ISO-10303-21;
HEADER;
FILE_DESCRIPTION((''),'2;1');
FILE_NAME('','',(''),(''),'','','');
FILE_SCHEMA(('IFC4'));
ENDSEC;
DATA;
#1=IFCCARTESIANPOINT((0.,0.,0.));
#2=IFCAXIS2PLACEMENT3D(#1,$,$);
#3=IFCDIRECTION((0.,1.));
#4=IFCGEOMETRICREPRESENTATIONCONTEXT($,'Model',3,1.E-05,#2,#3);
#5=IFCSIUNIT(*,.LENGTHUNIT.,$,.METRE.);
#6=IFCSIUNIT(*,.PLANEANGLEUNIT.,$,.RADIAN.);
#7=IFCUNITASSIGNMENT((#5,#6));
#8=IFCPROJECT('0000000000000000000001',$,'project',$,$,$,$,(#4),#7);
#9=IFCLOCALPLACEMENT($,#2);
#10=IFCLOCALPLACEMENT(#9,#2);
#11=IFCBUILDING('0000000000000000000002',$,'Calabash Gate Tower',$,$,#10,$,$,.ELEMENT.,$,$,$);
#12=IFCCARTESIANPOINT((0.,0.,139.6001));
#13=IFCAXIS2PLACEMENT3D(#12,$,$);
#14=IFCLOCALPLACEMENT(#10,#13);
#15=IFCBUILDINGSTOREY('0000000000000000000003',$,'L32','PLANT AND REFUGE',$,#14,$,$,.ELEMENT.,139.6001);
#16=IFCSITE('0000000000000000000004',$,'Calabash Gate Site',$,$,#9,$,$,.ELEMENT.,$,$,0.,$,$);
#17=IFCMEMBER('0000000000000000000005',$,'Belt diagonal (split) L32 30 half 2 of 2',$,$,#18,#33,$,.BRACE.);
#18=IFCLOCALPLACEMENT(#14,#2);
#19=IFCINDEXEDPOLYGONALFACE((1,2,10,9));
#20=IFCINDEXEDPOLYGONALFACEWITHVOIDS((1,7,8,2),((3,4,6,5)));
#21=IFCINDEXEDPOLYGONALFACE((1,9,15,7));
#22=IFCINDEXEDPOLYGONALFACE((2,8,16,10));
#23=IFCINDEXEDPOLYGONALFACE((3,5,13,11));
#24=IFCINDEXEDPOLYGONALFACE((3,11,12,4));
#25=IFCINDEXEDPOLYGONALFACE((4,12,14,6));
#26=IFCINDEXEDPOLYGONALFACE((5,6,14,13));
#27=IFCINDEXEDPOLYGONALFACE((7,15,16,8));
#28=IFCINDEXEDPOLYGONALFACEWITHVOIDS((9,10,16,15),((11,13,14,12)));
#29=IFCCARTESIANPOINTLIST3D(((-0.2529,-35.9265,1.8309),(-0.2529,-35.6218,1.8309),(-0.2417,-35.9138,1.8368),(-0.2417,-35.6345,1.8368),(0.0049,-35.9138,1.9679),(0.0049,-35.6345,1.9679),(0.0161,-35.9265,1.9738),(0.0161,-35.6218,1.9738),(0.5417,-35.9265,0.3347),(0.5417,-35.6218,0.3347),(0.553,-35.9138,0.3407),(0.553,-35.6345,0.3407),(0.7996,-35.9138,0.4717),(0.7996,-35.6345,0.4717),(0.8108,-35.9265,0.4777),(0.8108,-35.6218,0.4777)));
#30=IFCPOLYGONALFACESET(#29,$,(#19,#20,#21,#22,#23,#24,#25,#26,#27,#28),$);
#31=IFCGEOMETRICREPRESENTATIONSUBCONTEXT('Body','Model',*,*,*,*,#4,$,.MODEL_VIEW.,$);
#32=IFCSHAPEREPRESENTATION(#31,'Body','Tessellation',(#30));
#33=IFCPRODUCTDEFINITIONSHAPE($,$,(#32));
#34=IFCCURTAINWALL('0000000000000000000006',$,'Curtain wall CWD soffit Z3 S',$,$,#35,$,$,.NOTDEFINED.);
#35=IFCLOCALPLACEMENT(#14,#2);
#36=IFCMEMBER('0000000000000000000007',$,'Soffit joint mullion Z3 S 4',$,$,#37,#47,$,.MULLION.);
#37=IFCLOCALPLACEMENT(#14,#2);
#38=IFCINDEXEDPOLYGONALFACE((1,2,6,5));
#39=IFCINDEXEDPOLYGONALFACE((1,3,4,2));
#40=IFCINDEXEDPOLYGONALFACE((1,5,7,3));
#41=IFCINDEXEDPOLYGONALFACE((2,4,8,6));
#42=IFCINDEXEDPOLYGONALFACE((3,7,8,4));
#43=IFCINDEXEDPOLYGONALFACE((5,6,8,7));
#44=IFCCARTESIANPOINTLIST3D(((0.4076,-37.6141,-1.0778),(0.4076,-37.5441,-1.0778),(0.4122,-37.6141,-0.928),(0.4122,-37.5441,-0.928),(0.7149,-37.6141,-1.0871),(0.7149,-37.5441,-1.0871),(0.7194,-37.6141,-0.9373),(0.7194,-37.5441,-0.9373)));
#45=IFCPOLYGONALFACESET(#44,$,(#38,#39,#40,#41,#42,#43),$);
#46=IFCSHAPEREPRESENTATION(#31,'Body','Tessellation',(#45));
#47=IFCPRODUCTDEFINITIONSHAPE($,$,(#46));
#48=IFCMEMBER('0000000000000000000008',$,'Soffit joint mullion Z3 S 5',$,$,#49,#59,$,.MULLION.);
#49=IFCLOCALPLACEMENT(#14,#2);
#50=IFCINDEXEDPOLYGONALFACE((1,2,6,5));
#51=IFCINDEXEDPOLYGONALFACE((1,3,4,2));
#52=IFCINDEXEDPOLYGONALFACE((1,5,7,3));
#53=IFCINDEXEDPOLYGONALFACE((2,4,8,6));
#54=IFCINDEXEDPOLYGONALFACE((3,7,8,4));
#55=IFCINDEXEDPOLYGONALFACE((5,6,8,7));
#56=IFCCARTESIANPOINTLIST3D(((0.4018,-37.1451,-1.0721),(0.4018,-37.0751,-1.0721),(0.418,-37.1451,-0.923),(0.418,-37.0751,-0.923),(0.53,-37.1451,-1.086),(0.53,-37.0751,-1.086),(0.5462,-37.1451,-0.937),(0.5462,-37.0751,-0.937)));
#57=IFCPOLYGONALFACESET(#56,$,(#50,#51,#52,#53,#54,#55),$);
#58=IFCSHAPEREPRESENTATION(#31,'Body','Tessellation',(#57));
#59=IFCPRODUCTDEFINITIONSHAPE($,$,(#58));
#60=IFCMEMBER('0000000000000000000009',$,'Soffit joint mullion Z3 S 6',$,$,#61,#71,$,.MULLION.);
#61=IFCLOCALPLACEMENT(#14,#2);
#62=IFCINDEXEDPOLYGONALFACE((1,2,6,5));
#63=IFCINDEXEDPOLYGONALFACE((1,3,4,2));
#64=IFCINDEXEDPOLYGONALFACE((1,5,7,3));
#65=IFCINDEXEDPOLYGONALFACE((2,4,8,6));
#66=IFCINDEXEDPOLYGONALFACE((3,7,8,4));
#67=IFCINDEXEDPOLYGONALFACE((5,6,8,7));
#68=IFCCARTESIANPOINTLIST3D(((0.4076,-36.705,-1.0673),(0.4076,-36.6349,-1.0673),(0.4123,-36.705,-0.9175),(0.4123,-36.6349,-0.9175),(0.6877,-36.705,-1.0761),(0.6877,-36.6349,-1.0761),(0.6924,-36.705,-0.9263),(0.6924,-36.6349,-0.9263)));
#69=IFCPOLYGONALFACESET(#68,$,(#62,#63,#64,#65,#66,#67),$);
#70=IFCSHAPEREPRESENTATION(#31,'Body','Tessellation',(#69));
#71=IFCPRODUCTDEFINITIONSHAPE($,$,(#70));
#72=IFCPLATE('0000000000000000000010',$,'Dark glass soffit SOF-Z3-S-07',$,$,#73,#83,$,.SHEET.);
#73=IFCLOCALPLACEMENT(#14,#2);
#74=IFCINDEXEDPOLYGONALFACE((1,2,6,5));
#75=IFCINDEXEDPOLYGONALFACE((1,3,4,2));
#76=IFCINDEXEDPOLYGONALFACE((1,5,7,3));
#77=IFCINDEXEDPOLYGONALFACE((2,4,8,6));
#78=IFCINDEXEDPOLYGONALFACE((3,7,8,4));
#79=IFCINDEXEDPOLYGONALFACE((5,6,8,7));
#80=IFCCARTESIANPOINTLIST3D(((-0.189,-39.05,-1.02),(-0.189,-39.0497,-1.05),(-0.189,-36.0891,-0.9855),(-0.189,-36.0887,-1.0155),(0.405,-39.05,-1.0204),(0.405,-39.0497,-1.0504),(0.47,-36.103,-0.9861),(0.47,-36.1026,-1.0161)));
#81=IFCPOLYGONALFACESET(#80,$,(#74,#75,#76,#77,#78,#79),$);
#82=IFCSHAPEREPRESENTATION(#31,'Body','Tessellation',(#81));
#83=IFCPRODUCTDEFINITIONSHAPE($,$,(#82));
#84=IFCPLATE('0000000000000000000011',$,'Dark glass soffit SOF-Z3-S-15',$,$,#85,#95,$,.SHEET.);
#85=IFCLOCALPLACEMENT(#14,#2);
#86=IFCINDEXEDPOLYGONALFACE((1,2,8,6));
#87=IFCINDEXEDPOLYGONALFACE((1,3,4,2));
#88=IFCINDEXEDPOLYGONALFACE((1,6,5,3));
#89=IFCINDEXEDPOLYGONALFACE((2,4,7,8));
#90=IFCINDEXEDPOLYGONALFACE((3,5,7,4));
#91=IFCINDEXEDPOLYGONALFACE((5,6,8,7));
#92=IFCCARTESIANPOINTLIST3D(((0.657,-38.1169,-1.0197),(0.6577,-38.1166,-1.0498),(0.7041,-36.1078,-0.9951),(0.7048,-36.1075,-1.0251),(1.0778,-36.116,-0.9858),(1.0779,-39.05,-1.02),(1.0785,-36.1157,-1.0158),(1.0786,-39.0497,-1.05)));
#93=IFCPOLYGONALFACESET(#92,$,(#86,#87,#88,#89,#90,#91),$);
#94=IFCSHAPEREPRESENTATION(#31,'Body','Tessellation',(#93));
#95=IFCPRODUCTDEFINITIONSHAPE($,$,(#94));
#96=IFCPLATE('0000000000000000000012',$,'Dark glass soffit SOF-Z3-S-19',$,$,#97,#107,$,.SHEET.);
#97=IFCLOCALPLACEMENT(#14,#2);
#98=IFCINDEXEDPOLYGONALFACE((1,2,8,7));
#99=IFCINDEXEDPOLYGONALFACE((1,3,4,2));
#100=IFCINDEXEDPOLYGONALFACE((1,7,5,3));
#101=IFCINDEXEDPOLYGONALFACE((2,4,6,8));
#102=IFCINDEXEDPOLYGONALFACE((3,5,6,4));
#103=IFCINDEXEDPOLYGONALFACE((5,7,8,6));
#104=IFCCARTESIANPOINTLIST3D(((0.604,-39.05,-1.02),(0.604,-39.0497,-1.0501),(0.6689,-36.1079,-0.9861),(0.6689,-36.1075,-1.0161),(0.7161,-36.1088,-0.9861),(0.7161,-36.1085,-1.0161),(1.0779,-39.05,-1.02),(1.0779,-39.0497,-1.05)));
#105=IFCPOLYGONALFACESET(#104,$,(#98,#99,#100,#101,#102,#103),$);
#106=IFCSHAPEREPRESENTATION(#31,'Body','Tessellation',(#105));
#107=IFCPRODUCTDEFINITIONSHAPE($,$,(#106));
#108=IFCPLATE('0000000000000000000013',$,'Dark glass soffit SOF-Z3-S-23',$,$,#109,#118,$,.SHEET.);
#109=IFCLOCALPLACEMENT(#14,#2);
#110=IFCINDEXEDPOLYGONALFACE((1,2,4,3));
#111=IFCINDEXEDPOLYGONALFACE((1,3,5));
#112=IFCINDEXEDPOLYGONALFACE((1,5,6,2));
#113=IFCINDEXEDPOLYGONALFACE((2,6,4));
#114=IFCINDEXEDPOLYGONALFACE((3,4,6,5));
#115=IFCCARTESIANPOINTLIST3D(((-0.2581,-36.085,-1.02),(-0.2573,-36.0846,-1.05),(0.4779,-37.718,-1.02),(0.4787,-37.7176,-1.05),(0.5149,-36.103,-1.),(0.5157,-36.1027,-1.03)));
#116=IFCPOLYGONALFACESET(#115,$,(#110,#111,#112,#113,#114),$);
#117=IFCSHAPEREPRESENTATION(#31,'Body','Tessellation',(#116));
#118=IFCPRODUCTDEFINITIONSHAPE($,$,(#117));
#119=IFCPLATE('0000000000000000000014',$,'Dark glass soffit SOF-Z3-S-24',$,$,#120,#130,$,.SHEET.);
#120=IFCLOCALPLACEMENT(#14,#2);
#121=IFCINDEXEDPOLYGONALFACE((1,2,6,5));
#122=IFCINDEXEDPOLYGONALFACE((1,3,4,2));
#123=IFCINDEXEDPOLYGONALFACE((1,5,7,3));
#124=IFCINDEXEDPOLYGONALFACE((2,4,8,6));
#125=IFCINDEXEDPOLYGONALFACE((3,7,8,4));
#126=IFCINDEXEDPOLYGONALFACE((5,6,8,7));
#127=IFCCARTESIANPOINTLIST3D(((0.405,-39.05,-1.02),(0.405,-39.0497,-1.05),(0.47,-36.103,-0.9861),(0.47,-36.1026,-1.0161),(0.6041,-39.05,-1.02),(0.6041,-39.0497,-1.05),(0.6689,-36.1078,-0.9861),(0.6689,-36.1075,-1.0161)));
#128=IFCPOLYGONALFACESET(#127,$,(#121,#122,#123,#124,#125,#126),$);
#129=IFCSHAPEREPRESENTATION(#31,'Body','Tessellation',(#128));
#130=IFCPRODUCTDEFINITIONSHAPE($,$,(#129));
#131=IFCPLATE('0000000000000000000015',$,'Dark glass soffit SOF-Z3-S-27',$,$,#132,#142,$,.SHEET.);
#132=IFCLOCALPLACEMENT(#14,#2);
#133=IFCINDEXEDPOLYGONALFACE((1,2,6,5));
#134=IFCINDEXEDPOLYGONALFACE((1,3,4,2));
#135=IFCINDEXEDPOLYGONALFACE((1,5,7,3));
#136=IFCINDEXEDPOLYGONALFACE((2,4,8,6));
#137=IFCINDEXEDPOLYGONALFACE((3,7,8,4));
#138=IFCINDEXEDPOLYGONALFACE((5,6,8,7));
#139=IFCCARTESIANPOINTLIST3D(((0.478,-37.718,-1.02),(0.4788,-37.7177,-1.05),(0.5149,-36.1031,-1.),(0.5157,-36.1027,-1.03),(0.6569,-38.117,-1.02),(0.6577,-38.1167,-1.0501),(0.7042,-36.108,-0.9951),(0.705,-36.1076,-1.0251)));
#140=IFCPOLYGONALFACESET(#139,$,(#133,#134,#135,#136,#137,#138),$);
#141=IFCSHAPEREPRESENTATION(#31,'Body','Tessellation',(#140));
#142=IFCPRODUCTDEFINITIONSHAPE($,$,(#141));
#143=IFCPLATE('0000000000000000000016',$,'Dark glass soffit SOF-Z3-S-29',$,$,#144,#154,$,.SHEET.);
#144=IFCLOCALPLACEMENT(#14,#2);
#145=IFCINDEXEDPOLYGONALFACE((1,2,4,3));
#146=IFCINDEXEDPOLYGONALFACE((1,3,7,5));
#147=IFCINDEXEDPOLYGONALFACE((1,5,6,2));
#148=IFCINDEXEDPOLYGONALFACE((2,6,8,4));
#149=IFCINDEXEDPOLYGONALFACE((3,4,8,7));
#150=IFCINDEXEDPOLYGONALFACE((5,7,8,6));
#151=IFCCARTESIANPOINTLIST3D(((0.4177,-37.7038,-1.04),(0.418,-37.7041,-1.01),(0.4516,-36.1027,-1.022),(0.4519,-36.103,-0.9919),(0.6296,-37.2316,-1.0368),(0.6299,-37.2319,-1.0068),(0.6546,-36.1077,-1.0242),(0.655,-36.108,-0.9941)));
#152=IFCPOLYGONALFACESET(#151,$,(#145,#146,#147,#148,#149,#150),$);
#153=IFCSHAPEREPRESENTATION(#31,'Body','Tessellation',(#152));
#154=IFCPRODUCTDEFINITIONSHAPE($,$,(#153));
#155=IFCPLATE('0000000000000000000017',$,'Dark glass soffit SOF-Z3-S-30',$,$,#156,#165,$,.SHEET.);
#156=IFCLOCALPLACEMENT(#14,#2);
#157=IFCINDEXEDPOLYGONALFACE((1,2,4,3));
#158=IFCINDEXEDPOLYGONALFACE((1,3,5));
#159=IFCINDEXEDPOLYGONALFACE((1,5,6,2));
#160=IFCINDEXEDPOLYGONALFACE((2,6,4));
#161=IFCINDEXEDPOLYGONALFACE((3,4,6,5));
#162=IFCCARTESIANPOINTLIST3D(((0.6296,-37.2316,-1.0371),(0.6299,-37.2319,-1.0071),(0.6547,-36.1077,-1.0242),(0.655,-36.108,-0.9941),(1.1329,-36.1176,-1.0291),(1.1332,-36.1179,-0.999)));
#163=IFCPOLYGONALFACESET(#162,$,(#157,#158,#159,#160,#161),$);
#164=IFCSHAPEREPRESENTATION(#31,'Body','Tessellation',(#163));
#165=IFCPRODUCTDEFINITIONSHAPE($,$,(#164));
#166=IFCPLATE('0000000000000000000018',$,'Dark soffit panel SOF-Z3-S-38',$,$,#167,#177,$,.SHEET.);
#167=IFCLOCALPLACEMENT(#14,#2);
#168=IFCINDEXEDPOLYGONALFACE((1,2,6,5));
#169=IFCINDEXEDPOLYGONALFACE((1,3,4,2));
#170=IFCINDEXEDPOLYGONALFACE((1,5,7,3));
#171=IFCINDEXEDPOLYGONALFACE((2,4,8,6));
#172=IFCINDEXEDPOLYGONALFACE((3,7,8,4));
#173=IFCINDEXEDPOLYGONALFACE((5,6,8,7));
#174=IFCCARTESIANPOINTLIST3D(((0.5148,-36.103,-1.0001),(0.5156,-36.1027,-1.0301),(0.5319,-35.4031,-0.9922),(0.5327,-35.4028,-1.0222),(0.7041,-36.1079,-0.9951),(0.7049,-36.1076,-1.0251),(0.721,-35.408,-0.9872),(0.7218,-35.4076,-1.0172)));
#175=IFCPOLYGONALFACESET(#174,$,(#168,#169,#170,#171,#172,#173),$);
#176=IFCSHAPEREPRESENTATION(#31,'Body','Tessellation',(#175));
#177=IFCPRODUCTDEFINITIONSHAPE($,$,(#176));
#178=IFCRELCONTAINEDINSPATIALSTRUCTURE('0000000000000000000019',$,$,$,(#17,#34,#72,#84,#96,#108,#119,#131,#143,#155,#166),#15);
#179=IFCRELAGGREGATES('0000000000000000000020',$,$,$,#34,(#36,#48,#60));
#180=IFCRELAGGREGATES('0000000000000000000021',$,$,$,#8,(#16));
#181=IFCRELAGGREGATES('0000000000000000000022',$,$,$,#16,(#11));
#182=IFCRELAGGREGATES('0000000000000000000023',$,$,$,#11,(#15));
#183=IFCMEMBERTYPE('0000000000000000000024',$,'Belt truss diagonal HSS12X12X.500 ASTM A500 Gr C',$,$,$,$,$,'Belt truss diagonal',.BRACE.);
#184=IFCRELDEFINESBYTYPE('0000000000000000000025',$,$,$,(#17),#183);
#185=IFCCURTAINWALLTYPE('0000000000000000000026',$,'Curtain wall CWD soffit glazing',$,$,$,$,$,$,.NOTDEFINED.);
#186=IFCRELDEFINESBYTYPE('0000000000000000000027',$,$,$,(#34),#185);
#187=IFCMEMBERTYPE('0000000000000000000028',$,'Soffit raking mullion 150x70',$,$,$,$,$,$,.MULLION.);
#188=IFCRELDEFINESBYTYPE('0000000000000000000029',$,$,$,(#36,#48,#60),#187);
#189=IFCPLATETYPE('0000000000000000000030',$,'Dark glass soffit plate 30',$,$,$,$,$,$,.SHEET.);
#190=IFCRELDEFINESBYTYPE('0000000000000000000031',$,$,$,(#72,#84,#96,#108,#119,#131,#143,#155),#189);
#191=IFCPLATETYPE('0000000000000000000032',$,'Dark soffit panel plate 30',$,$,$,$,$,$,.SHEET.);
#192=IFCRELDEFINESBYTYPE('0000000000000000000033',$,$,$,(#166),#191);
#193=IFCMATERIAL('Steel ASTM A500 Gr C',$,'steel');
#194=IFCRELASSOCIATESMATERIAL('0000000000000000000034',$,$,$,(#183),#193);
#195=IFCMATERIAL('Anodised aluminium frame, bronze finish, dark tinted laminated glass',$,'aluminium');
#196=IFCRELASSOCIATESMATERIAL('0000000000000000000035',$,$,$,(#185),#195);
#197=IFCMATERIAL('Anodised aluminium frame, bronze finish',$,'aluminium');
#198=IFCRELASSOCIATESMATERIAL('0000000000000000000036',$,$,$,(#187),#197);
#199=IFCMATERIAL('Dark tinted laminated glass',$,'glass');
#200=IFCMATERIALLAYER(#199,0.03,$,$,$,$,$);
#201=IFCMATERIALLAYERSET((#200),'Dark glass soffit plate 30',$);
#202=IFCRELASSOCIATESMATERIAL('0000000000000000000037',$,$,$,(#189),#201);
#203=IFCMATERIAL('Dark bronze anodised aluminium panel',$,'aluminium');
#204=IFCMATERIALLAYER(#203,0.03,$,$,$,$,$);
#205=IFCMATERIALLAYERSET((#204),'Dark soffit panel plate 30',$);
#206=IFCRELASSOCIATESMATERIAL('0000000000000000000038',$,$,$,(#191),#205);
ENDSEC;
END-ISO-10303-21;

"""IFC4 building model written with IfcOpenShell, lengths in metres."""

from ifc_helpers import new_model, si_unit, direction, frame, origin, origin_2d, place, context, subcontext, project, spatial, polyline, rectangle, hollow_rectangle, outline, extrude, material, layer, layer_set, material_profile, profile_set, type_object, element, aggregate, save


model = new_model("IFC4")

# Units and contexts
model_context = context("Model", 3, precision=1e-05, world=origin(), true_north=direction((0.0, 1.0)))
body_context = subcontext(model_context, "Body", "Model", "MODEL_VIEW")
ifc_project = project(units=[si_unit("LENGTHUNIT", "METRE"), si_unit("PLANEANGLEUNIT", "RADIAN")], contexts=[model_context])

# Site, building, storey
site_placement = place(None, origin())
site = spatial("IfcSite", under=ifc_project, at=site_placement, Name="Calabash Gate Site", CompositionType="ELEMENT", RefElevation=0.0)
building_placement = place(site_placement, origin())
building = spatial("IfcBuilding", under=site, at=building_placement, Name="Calabash Gate Tower", CompositionType="ELEMENT")
storey_placement = place(building_placement, frame((0.0, 0.0, 139.6001)))
storey = spatial("IfcBuildingStorey", under=building, at=storey_placement, Name="L32", Description="PLANT AND REFUGE", CompositionType="ELEMENT", Elevation=139.6001)

# Member
ifc_material_1 = material(Name="Steel ASTM A500 Gr C", Category="steel")
ifc_material_profile_1 = material_profile(ifc_material_1, hollow_rectangle(XDim=0.3047, YDim=0.3047, WallThickness=0.0127, at=origin_2d()))
ifc_profile_set_1 = profile_set([ifc_material_profile_1], Name="Steel ASTM A500 Gr C")
member_type_1 = type_object("IfcMemberType", Name="Belt truss diagonal HSS12X12X.500 ASTM A500 Gr C", ElementType="Belt truss diagonal", PredefinedType="BRACE", material=ifc_profile_set_1)
member_1_placement = place(storey_placement, frame((-0.1184, -35.7742, 1.9023), z_axis=(0.469099, 0.0, -0.883146), x_axis=(0.0, 1.0, 0.0)))
element("IfcMember", 1, at=member_1_placement, inside=storey, type_object=member_type_1, Name="Belt diagonal (split) L32 30 half 2 of 2", PredefinedType="BRACE", context=body_context, shape_type="SweptSolid", body=[
    extrude(hollow_rectangle(XDim=0.3047, YDim=0.3047, WallThickness=0.0127, at=origin_2d()), origin(), (0.0, 0.0, 1.0), 1.6941),
])

# Curtain wall, members
ifc_material_2 = material(Name="Anodised aluminium frame, bronze finish, dark tinted laminated glass", Category="aluminium")
curtain_wall_type = type_object("IfcCurtainWallType", Name="Curtain wall CWD soffit glazing", PredefinedType="NOTDEFINED", material=ifc_material_2)
curtain_wall_placement = place(storey_placement, origin())
curtain_wall = element("IfcCurtainWall", 2, at=curtain_wall_placement, inside=storey, type_object=curtain_wall_type, Name="Curtain wall CWD soffit Z3 S", PredefinedType="NOTDEFINED")
ifc_material_3 = material(Name="Anodised aluminium frame, bronze finish", Category="aluminium")
ifc_material_profile_2 = material_profile(ifc_material_3, rectangle(XDim=0.1499, YDim=0.0701, at=origin_2d()))
ifc_profile_set_2 = profile_set([ifc_material_profile_2], Name="Anodised aluminium frame, bronze finish")
member_type_2 = type_object("IfcMemberType", Name="Soffit raking mullion 150x70", PredefinedType="MULLION", material=ifc_profile_set_2)
member_2_placement = place(storey_placement, frame((0.4099, -37.5791, -1.0029), z_axis=(0.999544, 0.0, -0.030193), x_axis=(0.030193, 0.0, 0.999544)))
member_2 = element("IfcMember", 3, at=member_2_placement, type_object=member_type_2, Name="Soffit joint mullion Z3 S 4", PredefinedType="MULLION", context=body_context, shape_type="SweptSolid", body=[
    extrude(rectangle(XDim=0.1499, YDim=0.0701, at=origin_2d()), origin(), (0.0, 0.0, 1.0), 0.3074),
])
member_3_placement = place(storey_placement, frame((0.4099, -37.1101, -0.9976), z_axis=(0.994158, 0.0, -0.107937), x_axis=(0.107937, 0.0, 0.994158)))
member_3 = element("IfcMember", 4, at=member_3_placement, type_object=member_type_2, Name="Soffit joint mullion Z3 S 5", PredefinedType="MULLION", context=body_context, shape_type="SweptSolid", body=[
    extrude(rectangle(XDim=0.1499, YDim=0.0701, at=origin_2d()), origin(), (0.0, 0.0, 1.0), 0.1289),
])
member_4_placement = place(storey_placement, frame((0.4099, -36.6699, -0.9924), z_axis=(0.999508, 0.0, -0.031371), x_axis=(0.031371, 0.0, 0.999508)))
member_4 = element("IfcMember", 5, at=member_4_placement, type_object=member_type_2, Name="Soffit joint mullion Z3 S 6", PredefinedType="MULLION", context=body_context, shape_type="SweptSolid", body=[
    extrude(rectangle(XDim=0.1499, YDim=0.0701, at=origin_2d()), origin(), (0.0, 0.0, 1.0), 0.2803),
])
aggregate(curtain_wall, [member_2, member_3, member_4])

# Plates
ifc_material_4 = material(Name="Dark tinted laminated glass", Category="glass")
ifc_layer_1 = layer(ifc_material_4, 0.03)
ifc_layer_set_1 = layer_set([ifc_layer_1], Name="Dark glass soffit plate 30")
plate_type_1 = type_object("IfcPlateType", Name="Dark glass soffit plate 30", PredefinedType="SHEET", material=ifc_layer_set_1)
plate_1_placement = place(storey_placement, frame((-0.189, -39.05, -1.02), z_axis=(0.00065, -0.01166, 0.999932), x_axis=(0.0, 0.999932, 0.01166)))
element("IfcPlate", 6, at=plate_1_placement, inside=storey, type_object=plate_type_1, Name="Dark glass soffit SOF-Z3-S-07", PredefinedType="SHEET", context=body_context, shape_type="SweptSolid", body=[
    extrude(outline(polyline([(0.0, 0.0), (2.9612, 0.0), (2.9473, -0.6589), (0.0, -0.594), (0.0, 0.0)])), origin(), (0.0, 0.0, -1.0), 0.03),
])
plate_2_placement = place(storey_placement, frame((1.0779, -39.05, -1.02), z_axis=(-0.02517, -0.011658, 0.999615), x_axis=(-0.411185, 0.911552, 0.000278)))
element("IfcPlate", 7, at=plate_2_placement, inside=storey, type_object=plate_type_1, Name="Dark glass soffit SOF-Z3-S-15", PredefinedType="SHEET", context=body_context, shape_type="SweptSolid", body=[
    extrude(outline(polyline([(0.0, 0.0), (1.0237, 0.0), (2.8357, -0.8694), (2.6746, -1.2068), (0.0, 0.0)])), origin(), (0.0, 0.0, -1.0), 0.03),
])
plate_3_placement = place(storey_placement, frame((1.0779, -39.05, -1.02), z_axis=(-0.000022, -0.011537, 0.999933), x_axis=(-1.0, 0.0, -0.000022)))
element("IfcPlate", 8, at=plate_3_placement, inside=storey, type_object=plate_type_1, Name="Dark glass soffit SOF-Z3-S-19", PredefinedType="SHEET", context=body_context, shape_type="SweptSolid", body=[
    extrude(outline(polyline([(0.0, 0.0), (0.4739, 0.0), (0.4089, -2.9424), (0.3618, -2.9414), (0.0, 0.0)])), origin(), (0.0, 0.0, -1.0), 0.03),
])
plate_4_placement = place(storey_placement, frame((-0.2581, -36.085, -1.02), z_axis=(-0.026165, -0.011794, 0.999588), x_axis=(0.999392, -0.023359, 0.025884)))
element("IfcPlate", 9, at=plate_4_placement, inside=storey, type_object=plate_type_1, Name="Dark glass soffit SOF-Z3-S-23", PredefinedType="SHEET", context=body_context, shape_type="SweptSolid", body=[
    extrude(outline(polyline([(0.0, 0.0), (0.7734, 0.0), (0.7737, -1.6155), (0.0, 0.0)])), origin(), (0.0, 0.0, -1.0), 0.03),
])
plate_5_placement = place(storey_placement, frame((0.405, -39.05, -1.02), z_axis=(-0.000141, -0.011521, 0.999934), x_axis=(0.022029, 0.999691, 0.011521)))
element("IfcPlate", 10, at=plate_5_placement, inside=storey, type_object=plate_type_1, Name="Dark glass soffit SOF-Z3-S-24", PredefinedType="SHEET", context=body_context, shape_type="SweptSolid", body=[
    extrude(outline(polyline([(0.0, 0.0), (2.948, 0.0), (2.9475, -0.199), (0.0044, -0.199), (0.0, 0.0)])), origin(), (0.0, 0.0, -1.0), 0.03),
])
plate_6_placement = place(storey_placement, frame((0.478, -37.718, -1.02), z_axis=(-0.026182, -0.011784, 0.999588), x_axis=(0.022819, 0.999663, 0.012382)))
element("IfcPlate", 11, at=plate_6_placement, inside=storey, type_object=plate_type_1, Name="Dark glass soffit SOF-Z3-S-27", PredefinedType="SHEET", context=body_context, shape_type="SweptSolid", body=[
    extrude(outline(polyline([(0.0, 0.0), (1.6155, 0.0), (1.615, -0.1895), (-0.3948, -0.188), (0.0, 0.0)])), origin(), (0.0, 0.0, -1.0), 0.03),
])
plate_7_placement = place(storey_placement, frame((0.418, -37.7041, -1.01), z_axis=(0.010614, -0.011517, 0.999877), x_axis=(0.021191, 0.999712, 0.01129)))
element("IfcPlate", 12, at=plate_7_placement, inside=storey, type_object=plate_type_1, Name="Dark glass soffit SOF-Z3-S-29", PredefinedType="SHEET", context=body_context, shape_type="SweptSolid", body=[
    extrude(outline(polyline([(0.0, 0.0), (1.6016, 0.0), (1.6008, -0.2031), (0.4766, -0.2019), (0.0, 0.0)])), origin(), (0.0, 0.0, -1.0), 0.03),
])
plate_8_placement = place(storey_placement, frame((0.6299, -37.2319, -1.0071), z_axis=(0.009968, -0.011733, 0.999881), x_axis=(0.022365, 0.999684, 0.011508)))
element("IfcPlate", 13, at=plate_8_placement, inside=storey, type_object=plate_type_1, Name="Dark glass soffit SOF-Z3-S-30", PredefinedType="SHEET", context=body_context, shape_type="SweptSolid", body=[
    extrude(outline(polyline([(0.0, 0.0), (1.1243, 0.0), (1.125, -0.4783), (0.0, 0.0)])), origin(), (0.0, 0.0, -1.0), 0.03),
])
ifc_material_5 = material(Name="Dark bronze anodised aluminium panel", Category="aluminium")
ifc_layer_2 = layer(ifc_material_5, 0.03)
ifc_layer_set_2 = layer_set([ifc_layer_2], Name="Dark soffit panel plate 30")
plate_type_2 = type_object("IfcPlateType", Name="Dark soffit panel plate 30", PredefinedType="SHEET", material=ifc_layer_set_2)
plate_9_placement = place(storey_placement, frame((0.7041, -36.1079, -0.9951), z_axis=(-0.026734, -0.010683, 0.999586), x_axis=(-0.999317, 0.025796, -0.026451)))
element("IfcPlate", 14, at=plate_9_placement, inside=storey, type_object=plate_type_2, Name="Dark soffit panel SOF-Z3-S-38", PredefinedType="SHEET", context=body_context, shape_type="SweptSolid", body=[
    extrude(outline(polyline([(0.0, 0.0), (0.1895, 0.0), (0.1902, -0.7002), (0.001, -0.7002), (0.0, 0.0)])), origin(), (0.0, 0.0, -1.0), 0.03),
])

save(model, "model.ifc")
